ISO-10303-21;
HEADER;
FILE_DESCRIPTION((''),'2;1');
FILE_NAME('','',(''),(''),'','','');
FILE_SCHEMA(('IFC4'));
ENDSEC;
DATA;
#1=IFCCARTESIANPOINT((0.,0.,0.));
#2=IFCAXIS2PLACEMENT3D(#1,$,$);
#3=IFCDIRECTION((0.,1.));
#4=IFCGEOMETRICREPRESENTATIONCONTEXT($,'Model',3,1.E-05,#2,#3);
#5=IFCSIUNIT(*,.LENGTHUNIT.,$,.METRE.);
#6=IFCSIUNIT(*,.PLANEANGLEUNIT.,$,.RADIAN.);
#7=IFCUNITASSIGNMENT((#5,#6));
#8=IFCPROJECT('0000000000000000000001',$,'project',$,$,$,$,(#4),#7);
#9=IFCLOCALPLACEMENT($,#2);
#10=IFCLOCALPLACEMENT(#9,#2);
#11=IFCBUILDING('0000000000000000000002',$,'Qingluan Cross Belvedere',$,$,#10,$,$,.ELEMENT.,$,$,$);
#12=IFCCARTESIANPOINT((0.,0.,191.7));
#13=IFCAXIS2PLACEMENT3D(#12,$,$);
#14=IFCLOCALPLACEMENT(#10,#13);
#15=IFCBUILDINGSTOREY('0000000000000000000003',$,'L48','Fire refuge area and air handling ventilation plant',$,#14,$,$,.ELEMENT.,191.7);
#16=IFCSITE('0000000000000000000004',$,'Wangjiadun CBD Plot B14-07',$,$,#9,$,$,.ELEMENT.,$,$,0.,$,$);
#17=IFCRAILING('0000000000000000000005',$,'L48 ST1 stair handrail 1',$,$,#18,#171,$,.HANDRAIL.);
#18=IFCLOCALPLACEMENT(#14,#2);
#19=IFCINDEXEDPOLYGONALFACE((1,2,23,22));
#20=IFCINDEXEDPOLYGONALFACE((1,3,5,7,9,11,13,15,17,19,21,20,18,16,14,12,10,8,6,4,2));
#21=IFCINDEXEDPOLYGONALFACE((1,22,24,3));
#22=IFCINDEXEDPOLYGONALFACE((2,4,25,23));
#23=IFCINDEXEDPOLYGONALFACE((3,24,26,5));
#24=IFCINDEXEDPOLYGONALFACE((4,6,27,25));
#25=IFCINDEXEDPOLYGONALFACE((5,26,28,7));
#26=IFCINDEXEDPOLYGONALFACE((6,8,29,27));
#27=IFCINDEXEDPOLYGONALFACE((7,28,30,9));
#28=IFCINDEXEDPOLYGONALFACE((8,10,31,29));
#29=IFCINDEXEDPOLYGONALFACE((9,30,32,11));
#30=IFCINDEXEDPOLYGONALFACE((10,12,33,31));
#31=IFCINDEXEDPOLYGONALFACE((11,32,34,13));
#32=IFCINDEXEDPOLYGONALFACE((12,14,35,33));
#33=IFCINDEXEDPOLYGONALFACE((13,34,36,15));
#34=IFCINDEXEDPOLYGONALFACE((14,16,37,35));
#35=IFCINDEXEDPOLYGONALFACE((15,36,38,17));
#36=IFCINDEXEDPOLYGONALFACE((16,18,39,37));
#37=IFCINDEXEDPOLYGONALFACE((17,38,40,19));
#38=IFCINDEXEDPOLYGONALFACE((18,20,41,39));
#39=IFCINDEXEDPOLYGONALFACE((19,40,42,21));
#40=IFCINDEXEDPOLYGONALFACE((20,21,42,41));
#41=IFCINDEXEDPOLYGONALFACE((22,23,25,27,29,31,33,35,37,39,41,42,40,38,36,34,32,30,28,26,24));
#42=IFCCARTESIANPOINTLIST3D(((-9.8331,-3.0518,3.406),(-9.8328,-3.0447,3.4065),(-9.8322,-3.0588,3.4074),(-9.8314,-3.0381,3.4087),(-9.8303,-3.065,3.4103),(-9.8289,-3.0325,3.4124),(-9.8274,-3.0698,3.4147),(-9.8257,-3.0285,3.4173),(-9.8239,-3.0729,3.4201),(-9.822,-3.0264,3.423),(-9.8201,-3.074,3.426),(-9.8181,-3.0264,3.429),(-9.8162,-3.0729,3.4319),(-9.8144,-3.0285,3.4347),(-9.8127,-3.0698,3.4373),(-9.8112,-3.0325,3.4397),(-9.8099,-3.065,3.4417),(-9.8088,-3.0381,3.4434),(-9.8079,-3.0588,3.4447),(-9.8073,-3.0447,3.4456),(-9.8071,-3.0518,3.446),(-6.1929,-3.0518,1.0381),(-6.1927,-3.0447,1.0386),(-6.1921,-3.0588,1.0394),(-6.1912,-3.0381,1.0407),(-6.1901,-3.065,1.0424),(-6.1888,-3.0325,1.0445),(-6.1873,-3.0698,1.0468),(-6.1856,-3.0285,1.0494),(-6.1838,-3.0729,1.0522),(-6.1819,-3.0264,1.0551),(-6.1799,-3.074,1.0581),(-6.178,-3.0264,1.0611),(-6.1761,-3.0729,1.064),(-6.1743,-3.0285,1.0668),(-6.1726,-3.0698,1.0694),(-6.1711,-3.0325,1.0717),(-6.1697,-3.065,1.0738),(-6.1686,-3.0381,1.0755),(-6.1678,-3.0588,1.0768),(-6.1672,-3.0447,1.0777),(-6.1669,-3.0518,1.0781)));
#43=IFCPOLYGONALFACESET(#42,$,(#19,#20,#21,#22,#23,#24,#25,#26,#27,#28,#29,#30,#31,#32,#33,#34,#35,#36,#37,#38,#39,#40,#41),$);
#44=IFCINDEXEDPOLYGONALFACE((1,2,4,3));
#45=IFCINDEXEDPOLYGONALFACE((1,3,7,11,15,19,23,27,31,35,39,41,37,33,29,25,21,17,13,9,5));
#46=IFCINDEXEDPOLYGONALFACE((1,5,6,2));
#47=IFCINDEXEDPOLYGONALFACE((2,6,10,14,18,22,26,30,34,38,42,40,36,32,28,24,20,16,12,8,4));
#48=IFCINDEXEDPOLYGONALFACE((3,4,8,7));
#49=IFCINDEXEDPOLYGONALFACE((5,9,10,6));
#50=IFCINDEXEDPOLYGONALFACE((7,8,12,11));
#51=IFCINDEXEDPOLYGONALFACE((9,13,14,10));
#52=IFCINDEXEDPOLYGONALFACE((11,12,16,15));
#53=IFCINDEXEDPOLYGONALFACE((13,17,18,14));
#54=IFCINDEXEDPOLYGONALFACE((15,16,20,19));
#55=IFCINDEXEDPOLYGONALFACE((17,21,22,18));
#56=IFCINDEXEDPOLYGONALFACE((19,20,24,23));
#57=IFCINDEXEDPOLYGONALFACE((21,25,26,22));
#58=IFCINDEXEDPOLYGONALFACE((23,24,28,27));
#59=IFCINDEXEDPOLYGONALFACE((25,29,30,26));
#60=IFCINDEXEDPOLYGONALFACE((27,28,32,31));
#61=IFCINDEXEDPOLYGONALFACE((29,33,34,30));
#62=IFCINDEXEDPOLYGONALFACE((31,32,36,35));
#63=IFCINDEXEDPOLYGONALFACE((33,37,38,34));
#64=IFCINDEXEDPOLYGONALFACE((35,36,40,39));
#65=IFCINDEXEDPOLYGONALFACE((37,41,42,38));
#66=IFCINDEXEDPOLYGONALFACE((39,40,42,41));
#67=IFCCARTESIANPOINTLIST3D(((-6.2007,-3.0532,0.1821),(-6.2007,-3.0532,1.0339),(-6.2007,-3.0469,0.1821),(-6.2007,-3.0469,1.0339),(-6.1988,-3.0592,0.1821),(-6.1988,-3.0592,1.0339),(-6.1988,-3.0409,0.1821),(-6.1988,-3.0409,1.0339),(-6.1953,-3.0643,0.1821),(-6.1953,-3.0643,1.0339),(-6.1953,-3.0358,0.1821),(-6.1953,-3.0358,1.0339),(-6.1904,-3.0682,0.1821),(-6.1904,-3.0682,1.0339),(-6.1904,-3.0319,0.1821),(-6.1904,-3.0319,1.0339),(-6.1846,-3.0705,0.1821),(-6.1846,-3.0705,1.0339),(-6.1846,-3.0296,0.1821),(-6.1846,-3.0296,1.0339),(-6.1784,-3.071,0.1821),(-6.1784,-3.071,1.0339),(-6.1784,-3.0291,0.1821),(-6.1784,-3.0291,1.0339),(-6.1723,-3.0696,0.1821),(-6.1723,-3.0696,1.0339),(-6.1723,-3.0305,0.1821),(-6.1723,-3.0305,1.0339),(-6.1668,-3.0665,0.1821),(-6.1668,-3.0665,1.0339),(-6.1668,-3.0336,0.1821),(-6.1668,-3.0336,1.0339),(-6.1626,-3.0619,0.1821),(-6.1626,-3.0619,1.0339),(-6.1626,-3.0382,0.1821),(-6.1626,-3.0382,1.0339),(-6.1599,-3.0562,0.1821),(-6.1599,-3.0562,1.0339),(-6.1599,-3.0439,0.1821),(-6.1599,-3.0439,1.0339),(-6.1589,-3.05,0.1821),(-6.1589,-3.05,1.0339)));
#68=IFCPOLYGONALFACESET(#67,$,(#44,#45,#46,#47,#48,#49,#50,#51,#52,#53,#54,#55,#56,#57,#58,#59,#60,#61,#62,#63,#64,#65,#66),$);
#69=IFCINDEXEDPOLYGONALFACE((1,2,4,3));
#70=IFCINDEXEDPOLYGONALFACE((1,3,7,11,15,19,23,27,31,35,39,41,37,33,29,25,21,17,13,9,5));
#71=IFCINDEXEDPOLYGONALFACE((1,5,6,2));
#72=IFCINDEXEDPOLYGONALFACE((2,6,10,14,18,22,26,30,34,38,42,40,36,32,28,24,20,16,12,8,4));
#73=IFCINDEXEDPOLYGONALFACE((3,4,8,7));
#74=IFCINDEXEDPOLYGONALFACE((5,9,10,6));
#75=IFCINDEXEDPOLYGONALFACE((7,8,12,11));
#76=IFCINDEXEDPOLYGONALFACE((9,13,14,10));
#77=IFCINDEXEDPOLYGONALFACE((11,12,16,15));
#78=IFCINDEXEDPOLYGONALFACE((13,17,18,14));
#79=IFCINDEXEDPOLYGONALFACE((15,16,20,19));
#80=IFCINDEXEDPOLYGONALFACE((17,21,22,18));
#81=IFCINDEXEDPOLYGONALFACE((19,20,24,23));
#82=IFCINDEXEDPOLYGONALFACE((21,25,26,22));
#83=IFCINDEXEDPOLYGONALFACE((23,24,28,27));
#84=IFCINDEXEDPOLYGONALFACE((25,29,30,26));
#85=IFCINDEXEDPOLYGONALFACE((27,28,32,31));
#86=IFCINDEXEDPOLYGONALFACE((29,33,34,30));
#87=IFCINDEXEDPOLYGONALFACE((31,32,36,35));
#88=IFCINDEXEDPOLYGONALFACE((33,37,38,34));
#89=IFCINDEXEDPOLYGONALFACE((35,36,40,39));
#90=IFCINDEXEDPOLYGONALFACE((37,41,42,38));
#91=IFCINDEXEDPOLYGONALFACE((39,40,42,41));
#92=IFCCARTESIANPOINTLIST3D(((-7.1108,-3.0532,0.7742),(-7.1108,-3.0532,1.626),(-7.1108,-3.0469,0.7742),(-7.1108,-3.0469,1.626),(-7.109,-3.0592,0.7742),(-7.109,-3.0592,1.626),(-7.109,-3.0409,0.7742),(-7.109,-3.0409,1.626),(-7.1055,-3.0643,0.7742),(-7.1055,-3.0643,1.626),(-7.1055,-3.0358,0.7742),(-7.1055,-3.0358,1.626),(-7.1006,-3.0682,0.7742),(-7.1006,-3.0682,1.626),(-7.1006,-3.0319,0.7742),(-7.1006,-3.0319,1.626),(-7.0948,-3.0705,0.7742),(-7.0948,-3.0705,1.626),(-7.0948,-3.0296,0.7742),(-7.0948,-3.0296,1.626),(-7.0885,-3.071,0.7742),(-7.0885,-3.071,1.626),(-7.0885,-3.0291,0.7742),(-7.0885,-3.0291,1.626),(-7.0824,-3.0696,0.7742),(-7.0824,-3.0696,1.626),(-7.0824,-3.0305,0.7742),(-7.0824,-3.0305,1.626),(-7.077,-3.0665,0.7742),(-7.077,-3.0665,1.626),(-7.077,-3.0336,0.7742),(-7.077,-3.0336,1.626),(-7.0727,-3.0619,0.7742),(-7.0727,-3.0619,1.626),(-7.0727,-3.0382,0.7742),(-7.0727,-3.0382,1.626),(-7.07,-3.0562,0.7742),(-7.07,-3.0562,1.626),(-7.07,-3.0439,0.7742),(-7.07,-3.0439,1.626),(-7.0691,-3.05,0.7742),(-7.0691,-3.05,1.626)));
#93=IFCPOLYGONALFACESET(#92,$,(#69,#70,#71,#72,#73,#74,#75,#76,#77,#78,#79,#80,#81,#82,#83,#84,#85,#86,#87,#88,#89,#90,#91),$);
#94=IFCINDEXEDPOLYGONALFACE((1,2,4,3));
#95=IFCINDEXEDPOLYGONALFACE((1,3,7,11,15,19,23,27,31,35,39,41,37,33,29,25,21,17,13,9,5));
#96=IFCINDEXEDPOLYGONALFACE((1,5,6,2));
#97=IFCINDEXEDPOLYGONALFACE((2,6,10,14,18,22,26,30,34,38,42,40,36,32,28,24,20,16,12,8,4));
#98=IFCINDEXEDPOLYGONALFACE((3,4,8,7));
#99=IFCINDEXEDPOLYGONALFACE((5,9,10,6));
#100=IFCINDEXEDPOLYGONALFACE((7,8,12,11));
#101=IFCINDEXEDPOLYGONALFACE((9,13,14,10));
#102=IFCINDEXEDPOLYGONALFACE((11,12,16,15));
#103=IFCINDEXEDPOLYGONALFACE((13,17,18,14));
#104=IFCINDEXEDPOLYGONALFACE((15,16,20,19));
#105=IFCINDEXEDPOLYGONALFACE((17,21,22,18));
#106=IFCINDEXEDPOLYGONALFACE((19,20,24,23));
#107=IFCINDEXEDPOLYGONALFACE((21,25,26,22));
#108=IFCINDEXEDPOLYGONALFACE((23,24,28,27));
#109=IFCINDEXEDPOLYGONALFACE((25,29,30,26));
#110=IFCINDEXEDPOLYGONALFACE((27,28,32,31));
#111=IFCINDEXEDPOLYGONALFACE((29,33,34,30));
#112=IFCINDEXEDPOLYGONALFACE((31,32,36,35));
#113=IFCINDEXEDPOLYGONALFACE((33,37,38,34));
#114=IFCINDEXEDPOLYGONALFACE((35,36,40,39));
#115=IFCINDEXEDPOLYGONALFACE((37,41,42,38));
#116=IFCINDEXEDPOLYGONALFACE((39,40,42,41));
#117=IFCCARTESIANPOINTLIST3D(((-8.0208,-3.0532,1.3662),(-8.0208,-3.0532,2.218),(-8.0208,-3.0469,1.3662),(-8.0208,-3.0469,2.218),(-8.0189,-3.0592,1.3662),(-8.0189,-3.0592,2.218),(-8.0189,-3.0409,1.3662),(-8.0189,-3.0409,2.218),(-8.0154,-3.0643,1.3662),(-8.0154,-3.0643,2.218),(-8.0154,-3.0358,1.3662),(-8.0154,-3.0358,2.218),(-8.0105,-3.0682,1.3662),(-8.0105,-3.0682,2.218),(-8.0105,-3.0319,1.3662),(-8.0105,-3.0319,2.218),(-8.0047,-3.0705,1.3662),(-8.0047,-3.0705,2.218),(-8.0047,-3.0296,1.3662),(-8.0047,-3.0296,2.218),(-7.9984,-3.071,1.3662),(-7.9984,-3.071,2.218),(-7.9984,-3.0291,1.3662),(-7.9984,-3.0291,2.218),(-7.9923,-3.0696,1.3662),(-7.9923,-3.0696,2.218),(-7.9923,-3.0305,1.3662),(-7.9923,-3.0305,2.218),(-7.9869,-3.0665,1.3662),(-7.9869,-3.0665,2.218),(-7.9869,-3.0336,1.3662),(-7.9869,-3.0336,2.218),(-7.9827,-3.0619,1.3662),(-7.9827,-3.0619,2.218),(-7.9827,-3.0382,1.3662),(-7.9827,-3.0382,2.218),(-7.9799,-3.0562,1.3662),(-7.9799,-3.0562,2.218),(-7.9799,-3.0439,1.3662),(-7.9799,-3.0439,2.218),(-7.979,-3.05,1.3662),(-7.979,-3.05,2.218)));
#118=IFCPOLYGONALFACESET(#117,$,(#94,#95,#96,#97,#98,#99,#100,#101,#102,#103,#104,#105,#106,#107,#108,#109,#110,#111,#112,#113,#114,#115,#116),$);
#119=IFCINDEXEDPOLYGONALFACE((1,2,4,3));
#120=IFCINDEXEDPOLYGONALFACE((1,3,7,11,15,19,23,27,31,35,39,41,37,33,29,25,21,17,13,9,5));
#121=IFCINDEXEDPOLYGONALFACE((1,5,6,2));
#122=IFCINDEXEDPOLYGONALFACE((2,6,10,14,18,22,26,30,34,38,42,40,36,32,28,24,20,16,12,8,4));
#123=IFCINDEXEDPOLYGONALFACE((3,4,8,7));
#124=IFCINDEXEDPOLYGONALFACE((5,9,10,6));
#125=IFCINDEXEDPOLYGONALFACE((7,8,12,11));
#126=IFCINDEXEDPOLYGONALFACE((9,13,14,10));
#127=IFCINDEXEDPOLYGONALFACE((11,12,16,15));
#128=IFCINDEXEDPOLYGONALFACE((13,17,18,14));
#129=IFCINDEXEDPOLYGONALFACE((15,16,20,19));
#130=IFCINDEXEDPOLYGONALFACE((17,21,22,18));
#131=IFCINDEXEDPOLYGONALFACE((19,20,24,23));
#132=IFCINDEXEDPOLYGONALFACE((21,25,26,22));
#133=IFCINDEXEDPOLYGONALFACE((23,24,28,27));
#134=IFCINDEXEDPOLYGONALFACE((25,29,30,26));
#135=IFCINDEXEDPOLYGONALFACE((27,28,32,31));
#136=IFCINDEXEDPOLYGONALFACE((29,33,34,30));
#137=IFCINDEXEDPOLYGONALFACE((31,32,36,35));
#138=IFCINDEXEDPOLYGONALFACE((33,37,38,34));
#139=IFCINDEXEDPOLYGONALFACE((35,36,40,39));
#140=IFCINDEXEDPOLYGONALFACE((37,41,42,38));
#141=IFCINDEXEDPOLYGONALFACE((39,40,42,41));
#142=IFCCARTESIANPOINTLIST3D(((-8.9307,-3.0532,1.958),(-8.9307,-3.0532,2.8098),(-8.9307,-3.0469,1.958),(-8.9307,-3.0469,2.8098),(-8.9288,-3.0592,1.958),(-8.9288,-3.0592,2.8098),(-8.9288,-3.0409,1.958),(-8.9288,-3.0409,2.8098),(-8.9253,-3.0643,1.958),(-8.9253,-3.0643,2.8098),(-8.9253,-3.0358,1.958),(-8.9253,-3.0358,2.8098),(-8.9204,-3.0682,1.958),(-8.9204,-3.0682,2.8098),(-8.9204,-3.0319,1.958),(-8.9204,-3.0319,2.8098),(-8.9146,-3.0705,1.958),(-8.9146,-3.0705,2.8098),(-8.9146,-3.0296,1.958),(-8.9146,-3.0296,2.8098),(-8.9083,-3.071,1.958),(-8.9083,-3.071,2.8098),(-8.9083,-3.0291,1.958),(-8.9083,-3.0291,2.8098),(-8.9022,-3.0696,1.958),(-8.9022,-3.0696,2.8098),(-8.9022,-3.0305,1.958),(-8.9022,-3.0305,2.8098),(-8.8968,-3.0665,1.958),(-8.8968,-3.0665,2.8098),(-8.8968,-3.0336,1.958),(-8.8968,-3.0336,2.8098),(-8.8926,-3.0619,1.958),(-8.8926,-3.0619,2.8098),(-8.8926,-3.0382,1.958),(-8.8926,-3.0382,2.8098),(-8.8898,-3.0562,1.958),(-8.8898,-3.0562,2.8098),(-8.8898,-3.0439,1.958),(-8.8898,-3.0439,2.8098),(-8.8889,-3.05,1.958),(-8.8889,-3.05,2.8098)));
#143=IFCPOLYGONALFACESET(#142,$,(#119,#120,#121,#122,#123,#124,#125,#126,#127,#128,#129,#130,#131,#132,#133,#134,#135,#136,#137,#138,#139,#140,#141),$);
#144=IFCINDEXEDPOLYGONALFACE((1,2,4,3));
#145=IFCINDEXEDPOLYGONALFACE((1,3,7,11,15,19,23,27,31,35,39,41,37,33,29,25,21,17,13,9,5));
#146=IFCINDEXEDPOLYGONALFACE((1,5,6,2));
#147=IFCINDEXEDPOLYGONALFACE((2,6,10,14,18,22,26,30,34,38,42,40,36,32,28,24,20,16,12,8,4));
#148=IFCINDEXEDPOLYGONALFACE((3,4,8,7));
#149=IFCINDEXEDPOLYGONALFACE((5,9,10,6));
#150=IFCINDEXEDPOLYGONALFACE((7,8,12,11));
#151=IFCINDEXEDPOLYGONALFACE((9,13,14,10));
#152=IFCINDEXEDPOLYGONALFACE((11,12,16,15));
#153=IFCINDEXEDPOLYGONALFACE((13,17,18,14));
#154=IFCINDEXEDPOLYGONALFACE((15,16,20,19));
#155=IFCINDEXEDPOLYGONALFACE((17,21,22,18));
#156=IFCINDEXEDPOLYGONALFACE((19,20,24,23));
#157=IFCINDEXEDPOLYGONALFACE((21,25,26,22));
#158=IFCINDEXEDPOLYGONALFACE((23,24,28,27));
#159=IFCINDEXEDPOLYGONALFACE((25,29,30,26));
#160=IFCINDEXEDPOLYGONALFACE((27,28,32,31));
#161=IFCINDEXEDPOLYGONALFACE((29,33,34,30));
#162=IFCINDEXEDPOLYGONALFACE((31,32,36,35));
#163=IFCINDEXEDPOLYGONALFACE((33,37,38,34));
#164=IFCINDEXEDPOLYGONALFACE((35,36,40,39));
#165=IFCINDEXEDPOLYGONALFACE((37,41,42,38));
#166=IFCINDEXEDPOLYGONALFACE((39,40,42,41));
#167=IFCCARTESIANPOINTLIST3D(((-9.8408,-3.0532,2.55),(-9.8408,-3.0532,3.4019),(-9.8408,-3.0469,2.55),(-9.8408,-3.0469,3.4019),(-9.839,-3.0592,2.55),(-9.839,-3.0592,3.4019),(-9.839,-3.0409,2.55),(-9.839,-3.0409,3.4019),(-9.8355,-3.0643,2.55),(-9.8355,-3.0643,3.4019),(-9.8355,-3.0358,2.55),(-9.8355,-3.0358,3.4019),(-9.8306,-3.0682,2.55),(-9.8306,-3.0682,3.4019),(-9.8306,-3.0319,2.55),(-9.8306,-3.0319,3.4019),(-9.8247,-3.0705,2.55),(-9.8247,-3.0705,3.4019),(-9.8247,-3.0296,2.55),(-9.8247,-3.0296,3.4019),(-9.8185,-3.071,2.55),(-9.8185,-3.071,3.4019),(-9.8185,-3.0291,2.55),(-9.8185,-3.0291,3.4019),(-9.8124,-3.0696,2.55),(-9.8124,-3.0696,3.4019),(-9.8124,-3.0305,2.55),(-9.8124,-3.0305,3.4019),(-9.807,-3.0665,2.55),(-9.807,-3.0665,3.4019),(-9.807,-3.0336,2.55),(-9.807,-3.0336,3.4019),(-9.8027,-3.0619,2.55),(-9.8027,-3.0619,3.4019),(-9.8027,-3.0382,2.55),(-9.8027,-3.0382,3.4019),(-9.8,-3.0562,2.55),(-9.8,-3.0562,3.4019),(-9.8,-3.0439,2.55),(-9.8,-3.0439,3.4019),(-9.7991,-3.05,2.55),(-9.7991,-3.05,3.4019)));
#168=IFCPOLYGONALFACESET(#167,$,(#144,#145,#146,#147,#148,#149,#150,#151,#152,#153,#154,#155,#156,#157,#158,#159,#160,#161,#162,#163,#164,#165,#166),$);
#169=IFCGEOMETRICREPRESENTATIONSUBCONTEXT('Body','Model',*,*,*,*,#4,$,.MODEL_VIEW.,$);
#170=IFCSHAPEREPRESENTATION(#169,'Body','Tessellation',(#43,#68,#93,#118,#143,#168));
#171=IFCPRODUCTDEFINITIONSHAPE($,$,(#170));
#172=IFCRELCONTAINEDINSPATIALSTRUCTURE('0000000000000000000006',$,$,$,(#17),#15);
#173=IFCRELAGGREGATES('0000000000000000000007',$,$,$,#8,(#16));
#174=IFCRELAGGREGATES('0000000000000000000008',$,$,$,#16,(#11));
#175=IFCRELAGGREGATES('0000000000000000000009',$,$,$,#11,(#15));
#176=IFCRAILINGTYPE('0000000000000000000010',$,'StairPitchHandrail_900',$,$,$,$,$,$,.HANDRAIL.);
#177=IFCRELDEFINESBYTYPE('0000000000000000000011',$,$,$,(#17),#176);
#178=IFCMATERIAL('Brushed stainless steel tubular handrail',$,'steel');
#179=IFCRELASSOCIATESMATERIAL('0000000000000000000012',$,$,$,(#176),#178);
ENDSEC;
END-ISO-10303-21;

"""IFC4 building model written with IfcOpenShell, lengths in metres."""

from ifc_helpers import new_model, si_unit, direction, frame, origin, origin_2d, place, context, subcontext, project, spatial, circle, extrude, material, type_object, element, save


model = new_model("IFC4")

# Units and contexts
model_context = context("Model", 3, precision=1e-05, world=origin(), true_north=direction((0.0, 1.0)))
body_context = subcontext(model_context, "Body", "Model", "MODEL_VIEW")
ifc_project = project(units=[si_unit("LENGTHUNIT", "METRE"), si_unit("PLANEANGLEUNIT", "RADIAN")], contexts=[model_context])

# Site, building, storey
site_placement = place(None, origin())
site = spatial("IfcSite", under=ifc_project, at=site_placement, Name="Wangjiadun CBD Plot B14-07", CompositionType="ELEMENT", RefElevation=0.0)
building_placement = place(site_placement, origin())
building = spatial("IfcBuilding", under=site, at=building_placement, Name="Qingluan Cross Belvedere", CompositionType="ELEMENT")
storey_placement = place(building_placement, frame((0.0, 0.0, 191.7)))
storey = spatial("IfcBuildingStorey", under=building, at=storey_placement, Name="L48", Description="Fire refuge area and air handling ventilation plant", CompositionType="ELEMENT", Elevation=191.7)

# Railing
ifc_material_1 = material(Name="Brushed stainless steel tubular handrail", Category="steel")
railing_type_1 = type_object("IfcRailingType", Name="StairPitchHandrail_900", PredefinedType="HANDRAIL", material=ifc_material_1)
railing_1_placement = place(storey_placement, frame((-6.1799, -3.05, 0.1821)))
element("IfcRailing", 1, at=railing_1_placement, inside=storey, type_object=railing_type_1, Name="L48 ST1 stair handrail 1", PredefinedType="HANDRAIL", context=body_context, shape_type="SweptSolid", body=[
    extrude(circle(Radius=0.0239, at=origin_2d()), frame((0.0, 0.0, 0.876), z_axis=(-0.838251, 0.0, 0.545285), x_axis=(0.0, -1.0, 0.0)), (0.0, 0.0, 1.0), 4.3425),
    extrude(circle(Radius=0.021, at=origin_2d()), origin(), (0.0, 0.0, 1.0), 0.8518),
    extrude(circle(Radius=0.021, at=origin_2d()), frame((-0.9102, 0.0, 0.592)), (0.0, 0.0, 1.0), 0.8518),
    extrude(circle(Radius=0.021, at=origin_2d()), frame((-1.8201, 0.0, 1.1841)), (0.0, 0.0, 1.0), 0.8518),
    extrude(circle(Radius=0.021, at=origin_2d()), frame((-2.73, 0.0, 1.7759)), (0.0, 0.0, 1.0), 0.8518),
    extrude(circle(Radius=0.021, at=origin_2d()), frame((-3.6401, 0.0, 2.3679)), (0.0, 0.0, 1.0), 0.8518),
])

save(model, "model.ifc")
